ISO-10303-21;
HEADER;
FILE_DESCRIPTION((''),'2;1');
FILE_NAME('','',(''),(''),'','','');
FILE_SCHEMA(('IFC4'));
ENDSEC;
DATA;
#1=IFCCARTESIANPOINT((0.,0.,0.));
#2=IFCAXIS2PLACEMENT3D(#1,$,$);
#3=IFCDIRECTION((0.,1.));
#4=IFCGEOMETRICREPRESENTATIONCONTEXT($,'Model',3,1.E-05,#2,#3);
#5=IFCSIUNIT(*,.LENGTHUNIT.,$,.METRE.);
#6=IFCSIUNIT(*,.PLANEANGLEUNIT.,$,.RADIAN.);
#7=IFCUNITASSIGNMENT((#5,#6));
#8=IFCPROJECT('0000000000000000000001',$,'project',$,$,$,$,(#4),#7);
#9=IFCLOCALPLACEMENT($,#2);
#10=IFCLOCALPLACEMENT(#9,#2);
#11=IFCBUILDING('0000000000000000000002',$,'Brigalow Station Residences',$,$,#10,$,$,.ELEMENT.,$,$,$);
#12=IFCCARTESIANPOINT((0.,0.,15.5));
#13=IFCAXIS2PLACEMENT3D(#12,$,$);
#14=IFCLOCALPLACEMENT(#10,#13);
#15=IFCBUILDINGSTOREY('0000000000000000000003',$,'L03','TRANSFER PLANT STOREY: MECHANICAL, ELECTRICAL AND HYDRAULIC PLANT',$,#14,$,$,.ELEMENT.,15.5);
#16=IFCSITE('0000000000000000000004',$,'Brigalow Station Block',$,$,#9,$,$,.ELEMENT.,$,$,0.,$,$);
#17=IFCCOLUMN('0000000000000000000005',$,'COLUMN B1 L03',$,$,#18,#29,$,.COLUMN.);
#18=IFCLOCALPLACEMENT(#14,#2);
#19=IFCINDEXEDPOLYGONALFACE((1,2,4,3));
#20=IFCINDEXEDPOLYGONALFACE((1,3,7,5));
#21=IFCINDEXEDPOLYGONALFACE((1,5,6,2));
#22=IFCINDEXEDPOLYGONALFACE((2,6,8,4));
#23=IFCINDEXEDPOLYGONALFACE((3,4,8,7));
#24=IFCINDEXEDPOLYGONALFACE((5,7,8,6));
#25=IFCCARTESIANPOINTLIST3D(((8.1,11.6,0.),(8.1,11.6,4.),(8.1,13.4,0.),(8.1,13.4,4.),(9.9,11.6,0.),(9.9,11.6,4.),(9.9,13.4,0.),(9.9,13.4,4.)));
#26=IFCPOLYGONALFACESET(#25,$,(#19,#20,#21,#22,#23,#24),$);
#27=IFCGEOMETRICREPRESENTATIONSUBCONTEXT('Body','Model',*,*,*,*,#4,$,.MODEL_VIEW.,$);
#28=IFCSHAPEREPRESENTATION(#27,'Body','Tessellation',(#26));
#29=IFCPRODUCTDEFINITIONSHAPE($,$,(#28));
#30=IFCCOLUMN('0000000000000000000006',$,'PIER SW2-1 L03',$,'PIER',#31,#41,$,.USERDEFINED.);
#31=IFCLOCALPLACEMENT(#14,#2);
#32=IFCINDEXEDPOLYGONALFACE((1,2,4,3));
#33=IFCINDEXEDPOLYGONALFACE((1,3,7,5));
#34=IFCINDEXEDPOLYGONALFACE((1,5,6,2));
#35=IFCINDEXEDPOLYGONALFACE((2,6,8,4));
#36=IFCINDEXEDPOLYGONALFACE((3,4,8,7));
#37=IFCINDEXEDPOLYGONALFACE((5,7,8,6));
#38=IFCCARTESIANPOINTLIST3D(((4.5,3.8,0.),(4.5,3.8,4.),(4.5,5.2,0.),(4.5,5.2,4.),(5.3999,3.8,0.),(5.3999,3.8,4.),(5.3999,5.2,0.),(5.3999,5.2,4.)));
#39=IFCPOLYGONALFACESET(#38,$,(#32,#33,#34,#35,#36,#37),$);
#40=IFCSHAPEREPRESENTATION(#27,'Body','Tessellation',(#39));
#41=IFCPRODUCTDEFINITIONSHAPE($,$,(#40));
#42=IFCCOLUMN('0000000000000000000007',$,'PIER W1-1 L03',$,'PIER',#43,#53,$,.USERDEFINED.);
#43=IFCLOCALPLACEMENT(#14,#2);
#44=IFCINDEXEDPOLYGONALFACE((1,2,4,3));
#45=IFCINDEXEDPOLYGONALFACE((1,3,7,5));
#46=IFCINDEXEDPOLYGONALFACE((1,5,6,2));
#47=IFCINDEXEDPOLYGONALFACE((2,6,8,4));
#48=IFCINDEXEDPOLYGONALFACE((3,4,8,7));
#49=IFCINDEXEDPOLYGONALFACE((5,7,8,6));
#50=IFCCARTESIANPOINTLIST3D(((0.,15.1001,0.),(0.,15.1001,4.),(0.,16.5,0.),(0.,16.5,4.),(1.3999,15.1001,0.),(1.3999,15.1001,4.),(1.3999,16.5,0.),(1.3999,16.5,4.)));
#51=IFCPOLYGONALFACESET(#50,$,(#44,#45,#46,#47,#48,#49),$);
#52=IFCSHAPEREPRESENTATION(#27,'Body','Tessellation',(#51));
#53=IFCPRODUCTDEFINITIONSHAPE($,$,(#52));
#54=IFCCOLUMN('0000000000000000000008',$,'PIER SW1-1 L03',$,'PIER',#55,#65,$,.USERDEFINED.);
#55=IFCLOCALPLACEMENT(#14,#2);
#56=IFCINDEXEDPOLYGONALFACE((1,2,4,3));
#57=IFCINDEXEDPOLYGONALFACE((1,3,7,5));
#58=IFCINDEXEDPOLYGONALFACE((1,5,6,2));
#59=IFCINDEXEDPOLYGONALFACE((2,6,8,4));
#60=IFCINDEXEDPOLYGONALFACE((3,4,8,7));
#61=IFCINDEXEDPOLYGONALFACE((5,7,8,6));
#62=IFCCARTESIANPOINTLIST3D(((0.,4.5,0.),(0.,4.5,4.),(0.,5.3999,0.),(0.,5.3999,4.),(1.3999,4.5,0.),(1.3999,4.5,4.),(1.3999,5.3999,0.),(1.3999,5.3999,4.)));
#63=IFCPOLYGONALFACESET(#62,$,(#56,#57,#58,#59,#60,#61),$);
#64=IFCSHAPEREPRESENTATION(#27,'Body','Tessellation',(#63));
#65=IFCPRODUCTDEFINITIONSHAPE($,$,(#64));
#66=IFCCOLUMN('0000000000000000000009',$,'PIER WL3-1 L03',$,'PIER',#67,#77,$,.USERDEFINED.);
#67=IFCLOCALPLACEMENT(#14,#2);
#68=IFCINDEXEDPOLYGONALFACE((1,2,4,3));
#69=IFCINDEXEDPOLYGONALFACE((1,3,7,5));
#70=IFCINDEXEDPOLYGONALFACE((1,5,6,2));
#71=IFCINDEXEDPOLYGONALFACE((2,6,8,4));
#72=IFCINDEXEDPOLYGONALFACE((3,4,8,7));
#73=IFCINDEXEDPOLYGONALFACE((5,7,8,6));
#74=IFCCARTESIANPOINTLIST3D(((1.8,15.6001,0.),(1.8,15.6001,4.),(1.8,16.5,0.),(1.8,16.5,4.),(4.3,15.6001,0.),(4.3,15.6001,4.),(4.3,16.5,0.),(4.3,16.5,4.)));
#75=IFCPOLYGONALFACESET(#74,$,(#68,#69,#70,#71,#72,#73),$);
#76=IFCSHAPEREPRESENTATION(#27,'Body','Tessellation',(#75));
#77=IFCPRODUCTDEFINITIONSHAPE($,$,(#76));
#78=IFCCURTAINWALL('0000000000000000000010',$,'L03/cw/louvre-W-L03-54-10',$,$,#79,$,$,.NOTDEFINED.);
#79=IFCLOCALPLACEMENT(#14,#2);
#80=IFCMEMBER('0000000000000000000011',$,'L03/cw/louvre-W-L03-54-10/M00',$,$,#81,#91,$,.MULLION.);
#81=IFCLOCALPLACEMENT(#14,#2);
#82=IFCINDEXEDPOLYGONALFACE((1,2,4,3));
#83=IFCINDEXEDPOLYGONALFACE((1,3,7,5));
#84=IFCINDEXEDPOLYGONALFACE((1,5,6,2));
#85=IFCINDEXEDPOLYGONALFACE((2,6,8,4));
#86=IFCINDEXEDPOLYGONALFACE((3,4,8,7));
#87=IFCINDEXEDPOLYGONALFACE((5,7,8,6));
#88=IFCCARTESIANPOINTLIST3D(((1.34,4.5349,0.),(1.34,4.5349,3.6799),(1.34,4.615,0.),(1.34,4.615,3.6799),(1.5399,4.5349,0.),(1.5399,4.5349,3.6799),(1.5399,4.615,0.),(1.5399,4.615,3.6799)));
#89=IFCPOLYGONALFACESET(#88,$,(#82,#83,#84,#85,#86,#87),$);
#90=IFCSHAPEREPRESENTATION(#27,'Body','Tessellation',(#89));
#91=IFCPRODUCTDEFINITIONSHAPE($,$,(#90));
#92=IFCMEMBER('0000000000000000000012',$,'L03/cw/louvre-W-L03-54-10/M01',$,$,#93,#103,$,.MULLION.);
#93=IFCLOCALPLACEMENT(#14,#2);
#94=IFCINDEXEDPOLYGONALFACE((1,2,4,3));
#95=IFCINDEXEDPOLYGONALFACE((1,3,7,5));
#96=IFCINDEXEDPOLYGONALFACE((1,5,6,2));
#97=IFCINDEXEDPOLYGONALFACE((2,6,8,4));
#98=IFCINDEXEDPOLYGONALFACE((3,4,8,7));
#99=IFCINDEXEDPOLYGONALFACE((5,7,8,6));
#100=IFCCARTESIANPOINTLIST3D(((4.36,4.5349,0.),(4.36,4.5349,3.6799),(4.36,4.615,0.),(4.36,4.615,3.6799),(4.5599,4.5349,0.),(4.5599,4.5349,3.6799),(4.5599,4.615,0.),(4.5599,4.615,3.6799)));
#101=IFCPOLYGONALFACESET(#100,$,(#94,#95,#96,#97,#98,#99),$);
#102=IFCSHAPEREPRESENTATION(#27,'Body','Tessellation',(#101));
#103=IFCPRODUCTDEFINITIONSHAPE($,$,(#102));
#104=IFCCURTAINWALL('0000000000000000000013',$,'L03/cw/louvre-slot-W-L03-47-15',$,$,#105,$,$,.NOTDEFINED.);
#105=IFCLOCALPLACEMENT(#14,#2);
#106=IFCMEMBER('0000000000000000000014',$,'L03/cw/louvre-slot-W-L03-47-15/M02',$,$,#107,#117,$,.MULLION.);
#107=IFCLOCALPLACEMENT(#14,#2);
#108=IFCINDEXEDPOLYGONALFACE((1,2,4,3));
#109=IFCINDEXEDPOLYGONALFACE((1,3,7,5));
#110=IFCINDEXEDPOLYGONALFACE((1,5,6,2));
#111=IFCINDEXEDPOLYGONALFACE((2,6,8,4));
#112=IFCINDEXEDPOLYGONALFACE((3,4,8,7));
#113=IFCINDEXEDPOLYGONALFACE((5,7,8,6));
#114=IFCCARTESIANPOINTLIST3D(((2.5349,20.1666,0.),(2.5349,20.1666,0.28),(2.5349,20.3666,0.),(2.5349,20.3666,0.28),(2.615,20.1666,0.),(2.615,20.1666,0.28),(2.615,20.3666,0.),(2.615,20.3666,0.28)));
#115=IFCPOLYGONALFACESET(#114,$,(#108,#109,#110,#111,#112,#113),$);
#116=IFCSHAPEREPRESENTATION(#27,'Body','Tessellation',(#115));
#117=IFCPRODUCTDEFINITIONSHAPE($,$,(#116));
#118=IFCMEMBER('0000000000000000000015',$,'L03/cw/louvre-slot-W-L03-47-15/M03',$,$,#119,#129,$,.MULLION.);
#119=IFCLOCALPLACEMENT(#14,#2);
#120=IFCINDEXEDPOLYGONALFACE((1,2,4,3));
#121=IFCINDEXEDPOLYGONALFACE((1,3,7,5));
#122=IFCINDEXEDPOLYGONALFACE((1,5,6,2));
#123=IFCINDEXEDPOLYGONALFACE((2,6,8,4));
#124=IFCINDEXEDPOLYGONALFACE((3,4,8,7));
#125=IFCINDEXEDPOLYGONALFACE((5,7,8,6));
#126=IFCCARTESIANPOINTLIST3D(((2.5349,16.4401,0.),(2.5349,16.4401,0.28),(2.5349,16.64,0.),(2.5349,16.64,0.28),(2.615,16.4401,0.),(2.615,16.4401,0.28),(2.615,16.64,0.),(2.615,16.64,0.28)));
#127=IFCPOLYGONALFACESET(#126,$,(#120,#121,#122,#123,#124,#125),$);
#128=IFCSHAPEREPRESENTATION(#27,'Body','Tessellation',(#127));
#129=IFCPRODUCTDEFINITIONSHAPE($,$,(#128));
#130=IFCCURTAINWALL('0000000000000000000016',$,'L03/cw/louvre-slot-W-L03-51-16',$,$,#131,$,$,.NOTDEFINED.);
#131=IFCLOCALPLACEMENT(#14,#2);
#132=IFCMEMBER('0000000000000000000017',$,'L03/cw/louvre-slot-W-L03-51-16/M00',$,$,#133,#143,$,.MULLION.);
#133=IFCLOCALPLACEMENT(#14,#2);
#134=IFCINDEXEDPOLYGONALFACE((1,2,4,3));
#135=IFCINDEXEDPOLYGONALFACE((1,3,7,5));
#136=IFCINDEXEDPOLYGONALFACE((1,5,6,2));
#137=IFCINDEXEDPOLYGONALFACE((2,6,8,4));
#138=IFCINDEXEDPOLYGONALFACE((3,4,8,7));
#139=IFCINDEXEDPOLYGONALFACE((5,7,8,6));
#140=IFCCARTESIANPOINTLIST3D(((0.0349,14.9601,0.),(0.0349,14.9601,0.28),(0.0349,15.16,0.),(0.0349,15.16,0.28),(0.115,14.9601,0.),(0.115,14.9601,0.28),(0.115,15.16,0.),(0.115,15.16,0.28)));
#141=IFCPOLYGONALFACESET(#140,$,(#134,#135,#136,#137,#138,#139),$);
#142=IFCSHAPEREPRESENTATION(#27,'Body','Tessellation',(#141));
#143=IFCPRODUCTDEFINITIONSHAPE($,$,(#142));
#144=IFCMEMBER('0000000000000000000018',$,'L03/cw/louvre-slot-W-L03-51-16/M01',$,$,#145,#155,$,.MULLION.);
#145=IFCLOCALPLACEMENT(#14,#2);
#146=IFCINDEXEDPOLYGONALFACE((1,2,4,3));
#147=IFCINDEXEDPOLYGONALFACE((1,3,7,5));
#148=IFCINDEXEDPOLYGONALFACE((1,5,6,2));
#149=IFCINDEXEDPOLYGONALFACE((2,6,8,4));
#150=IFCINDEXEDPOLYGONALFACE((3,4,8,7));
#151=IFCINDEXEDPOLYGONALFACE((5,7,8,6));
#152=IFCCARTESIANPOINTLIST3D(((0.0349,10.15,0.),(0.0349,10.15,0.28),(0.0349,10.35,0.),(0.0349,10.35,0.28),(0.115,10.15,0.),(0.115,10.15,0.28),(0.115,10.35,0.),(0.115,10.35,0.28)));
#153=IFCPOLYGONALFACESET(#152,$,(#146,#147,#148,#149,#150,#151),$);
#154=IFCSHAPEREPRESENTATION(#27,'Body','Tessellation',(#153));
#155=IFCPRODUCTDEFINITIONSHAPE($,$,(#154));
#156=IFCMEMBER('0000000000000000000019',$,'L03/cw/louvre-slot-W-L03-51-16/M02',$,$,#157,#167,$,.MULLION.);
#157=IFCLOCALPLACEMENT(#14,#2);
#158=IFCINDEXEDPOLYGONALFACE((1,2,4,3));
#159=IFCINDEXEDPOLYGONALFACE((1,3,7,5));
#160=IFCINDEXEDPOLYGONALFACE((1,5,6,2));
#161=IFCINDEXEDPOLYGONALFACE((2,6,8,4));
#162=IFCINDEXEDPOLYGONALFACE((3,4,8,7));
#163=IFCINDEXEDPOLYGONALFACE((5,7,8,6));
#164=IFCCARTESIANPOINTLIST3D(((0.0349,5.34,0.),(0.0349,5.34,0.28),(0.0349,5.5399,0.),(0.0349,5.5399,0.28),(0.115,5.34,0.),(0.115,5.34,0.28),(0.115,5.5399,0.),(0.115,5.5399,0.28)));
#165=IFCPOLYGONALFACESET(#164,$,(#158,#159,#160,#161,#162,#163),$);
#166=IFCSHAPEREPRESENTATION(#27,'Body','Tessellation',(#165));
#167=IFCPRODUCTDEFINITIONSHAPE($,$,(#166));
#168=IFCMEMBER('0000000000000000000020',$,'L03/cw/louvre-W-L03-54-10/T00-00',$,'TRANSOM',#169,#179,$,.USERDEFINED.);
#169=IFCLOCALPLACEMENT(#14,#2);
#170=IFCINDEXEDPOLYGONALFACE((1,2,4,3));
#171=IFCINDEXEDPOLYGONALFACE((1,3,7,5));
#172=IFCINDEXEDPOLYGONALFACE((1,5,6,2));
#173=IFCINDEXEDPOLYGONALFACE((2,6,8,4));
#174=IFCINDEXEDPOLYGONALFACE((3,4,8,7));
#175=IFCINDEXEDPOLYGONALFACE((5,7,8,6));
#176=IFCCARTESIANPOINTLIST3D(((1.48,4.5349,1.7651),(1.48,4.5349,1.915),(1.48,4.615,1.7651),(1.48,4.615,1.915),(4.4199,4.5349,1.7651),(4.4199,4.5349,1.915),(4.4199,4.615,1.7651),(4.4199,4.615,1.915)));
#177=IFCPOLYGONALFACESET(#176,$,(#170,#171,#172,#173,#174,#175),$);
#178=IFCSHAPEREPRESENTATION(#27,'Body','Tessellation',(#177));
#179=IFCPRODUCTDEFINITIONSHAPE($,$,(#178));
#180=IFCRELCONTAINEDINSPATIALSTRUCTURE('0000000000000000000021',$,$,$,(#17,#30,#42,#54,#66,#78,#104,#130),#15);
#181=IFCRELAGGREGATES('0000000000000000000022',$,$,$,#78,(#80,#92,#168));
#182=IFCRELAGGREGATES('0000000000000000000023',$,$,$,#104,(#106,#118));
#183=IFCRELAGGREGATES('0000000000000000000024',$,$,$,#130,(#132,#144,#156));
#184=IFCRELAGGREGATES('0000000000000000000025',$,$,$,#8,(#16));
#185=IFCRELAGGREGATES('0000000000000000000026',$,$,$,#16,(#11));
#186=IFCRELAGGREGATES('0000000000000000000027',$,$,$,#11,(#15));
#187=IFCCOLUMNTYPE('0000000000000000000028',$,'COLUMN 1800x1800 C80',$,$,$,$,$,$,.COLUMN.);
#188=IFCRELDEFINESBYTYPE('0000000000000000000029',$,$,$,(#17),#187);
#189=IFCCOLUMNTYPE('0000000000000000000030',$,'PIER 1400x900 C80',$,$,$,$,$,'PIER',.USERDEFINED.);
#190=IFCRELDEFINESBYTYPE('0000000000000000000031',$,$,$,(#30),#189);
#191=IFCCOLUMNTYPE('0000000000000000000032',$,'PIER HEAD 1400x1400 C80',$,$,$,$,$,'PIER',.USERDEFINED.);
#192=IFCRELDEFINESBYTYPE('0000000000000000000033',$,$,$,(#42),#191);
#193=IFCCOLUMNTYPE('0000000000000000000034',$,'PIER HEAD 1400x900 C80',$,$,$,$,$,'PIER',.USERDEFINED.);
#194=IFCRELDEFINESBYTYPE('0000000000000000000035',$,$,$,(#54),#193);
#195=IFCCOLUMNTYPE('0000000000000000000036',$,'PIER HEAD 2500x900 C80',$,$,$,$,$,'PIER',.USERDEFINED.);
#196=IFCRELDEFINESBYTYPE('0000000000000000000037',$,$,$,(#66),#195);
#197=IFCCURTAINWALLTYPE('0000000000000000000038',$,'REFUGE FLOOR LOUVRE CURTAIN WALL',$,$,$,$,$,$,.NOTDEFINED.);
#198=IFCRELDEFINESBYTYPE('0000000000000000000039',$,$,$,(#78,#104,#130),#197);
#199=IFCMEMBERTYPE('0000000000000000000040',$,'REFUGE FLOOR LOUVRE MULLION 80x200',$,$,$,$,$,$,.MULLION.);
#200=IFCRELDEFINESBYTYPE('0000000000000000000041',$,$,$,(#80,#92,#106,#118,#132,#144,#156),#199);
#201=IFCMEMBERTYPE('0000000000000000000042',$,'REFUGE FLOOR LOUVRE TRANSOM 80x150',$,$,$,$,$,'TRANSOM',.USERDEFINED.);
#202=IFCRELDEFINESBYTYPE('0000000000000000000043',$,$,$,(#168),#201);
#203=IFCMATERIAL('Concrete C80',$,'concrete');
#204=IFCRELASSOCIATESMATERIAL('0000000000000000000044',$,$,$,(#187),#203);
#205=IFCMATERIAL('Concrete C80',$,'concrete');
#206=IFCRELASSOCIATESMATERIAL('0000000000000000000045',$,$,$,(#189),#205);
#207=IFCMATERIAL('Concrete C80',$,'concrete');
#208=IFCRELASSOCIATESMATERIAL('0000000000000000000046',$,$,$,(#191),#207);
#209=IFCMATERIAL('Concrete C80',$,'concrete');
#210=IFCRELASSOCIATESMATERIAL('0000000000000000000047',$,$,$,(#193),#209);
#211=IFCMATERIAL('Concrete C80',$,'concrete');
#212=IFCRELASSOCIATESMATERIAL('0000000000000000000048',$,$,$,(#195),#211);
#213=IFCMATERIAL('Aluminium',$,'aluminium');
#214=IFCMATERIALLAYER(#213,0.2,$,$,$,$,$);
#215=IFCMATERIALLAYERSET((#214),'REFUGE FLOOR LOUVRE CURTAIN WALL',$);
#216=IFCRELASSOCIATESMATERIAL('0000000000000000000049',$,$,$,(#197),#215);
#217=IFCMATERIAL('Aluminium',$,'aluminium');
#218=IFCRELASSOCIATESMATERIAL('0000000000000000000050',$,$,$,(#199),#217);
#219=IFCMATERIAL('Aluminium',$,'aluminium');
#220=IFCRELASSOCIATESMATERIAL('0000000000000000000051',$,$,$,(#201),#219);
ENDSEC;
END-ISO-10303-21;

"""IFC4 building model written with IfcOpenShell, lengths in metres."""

from ifc_helpers import new_model, si_unit, direction, frame, origin, origin_2d, place, context, subcontext, project, spatial, rectangle, extrude, material, layer, layer_set, material_profile, profile_set, type_object, element, aggregate, save


model = new_model("IFC4")

# Units and contexts
model_context = context("Model", 3, precision=1e-05, world=origin(), true_north=direction((0.0, 1.0)))
body_context = subcontext(model_context, "Body", "Model", "MODEL_VIEW")
ifc_project = project(units=[si_unit("LENGTHUNIT", "METRE"), si_unit("PLANEANGLEUNIT", "RADIAN")], contexts=[model_context])

# Site, building, storey
site_placement = place(None, origin())
site = spatial("IfcSite", under=ifc_project, at=site_placement, Name="Brigalow Station Block", CompositionType="ELEMENT", RefElevation=0.0)
building_placement = place(site_placement, origin())
building = spatial("IfcBuilding", under=site, at=building_placement, Name="Brigalow Station Residences", CompositionType="ELEMENT")
storey_placement = place(building_placement, frame((0.0, 0.0, 15.5)))
storey = spatial("IfcBuildingStorey", under=building, at=storey_placement, Name="L03", Description="TRANSFER PLANT STOREY: MECHANICAL, ELECTRICAL AND HYDRAULIC PLANT", CompositionType="ELEMENT", Elevation=15.5)

# Columns
ifc_material_1 = material(Name="Concrete C80", Category="concrete")
ifc_material_profile_1 = material_profile(ifc_material_1, rectangle(XDim=1.8, YDim=1.8, at=origin_2d()), Name="RC1800x1800")
ifc_profile_set_1 = profile_set([ifc_material_profile_1], Name="Concrete C80")
column_type_1 = type_object("IfcColumnType", Name="COLUMN 1800x1800 C80", PredefinedType="COLUMN", material=ifc_profile_set_1)
column_1_placement = place(storey_placement, frame((9.0, 12.5, 0.0), z_axis=(0.0, 0.0, 1.0), x_axis=(1.0, 0.0, 0.0)))
element("IfcColumn", 1, at=column_1_placement, inside=storey, type_object=column_type_1, Name="COLUMN B1 L03", PredefinedType="COLUMN", context=body_context, shape_type="SweptSolid", body=[
    extrude(rectangle(XDim=1.8, YDim=1.8, at=origin_2d()), origin(), (0.0, 0.0, 1.0), 4.0),
])
ifc_material_2 = material(Name="Concrete C80", Category="concrete")
ifc_material_profile_2 = material_profile(ifc_material_2, rectangle(XDim=1.3999, YDim=0.8999, at=origin_2d()), Name="RC1400x900")
ifc_profile_set_2 = profile_set([ifc_material_profile_2], Name="Concrete C80")
column_type_2 = type_object("IfcColumnType", Name="PIER 1400x900 C80", ElementType="PIER", PredefinedType="USERDEFINED", material=ifc_profile_set_2)
column_2_placement = place(storey_placement, frame((4.95, 4.5, 0.0), z_axis=(0.0, 0.0, 1.0), x_axis=(0.0, -1.0, 0.0)))
element("IfcColumn", 2, at=column_2_placement, inside=storey, type_object=column_type_2, Name="PIER SW2-1 L03", ObjectType="PIER", PredefinedType="USERDEFINED", context=body_context, shape_type="SweptSolid", body=[
    extrude(rectangle(XDim=1.3999, YDim=0.8999, at=origin_2d()), origin(), (0.0, 0.0, 1.0), 4.0),
])
ifc_material_3 = material(Name="Concrete C80", Category="concrete")
ifc_material_profile_3 = material_profile(ifc_material_3, rectangle(XDim=1.3999, YDim=1.3999, at=origin_2d()), Name="RC1400x1400")
ifc_profile_set_3 = profile_set([ifc_material_profile_3], Name="Concrete C80")
column_type_3 = type_object("IfcColumnType", Name="PIER HEAD 1400x1400 C80", ElementType="PIER", PredefinedType="USERDEFINED", material=ifc_profile_set_3)
column_3_placement = place(storey_placement, frame((0.7, 15.8, 0.0), z_axis=(0.0, 0.0, 1.0), x_axis=(0.0, -1.0, 0.0)))
element("IfcColumn", 3, at=column_3_placement, inside=storey, type_object=column_type_3, Name="PIER W1-1 L03", ObjectType="PIER", PredefinedType="USERDEFINED", context=body_context, shape_type="SweptSolid", body=[
    extrude(rectangle(XDim=1.3999, YDim=1.3999, at=origin_2d()), origin(), (0.0, 0.0, 1.0), 4.0),
])
ifc_material_4 = material(Name="Concrete C80", Category="concrete")
ifc_material_profile_4 = material_profile(ifc_material_4, rectangle(XDim=1.3999, YDim=0.8999, at=origin_2d()), Name="RC1400x900")
ifc_profile_set_4 = profile_set([ifc_material_profile_4], Name="Concrete C80")
column_type_4 = type_object("IfcColumnType", Name="PIER HEAD 1400x900 C80", ElementType="PIER", PredefinedType="USERDEFINED", material=ifc_profile_set_4)
column_4_placement = place(storey_placement, frame((0.7, 4.95, 0.0), z_axis=(0.0, 0.0, 1.0), x_axis=(1.0, 0.0, 0.0)))
element("IfcColumn", 4, at=column_4_placement, inside=storey, type_object=column_type_4, Name="PIER SW1-1 L03", ObjectType="PIER", PredefinedType="USERDEFINED", context=body_context, shape_type="SweptSolid", body=[
    extrude(rectangle(XDim=1.3999, YDim=0.8999, at=origin_2d()), origin(), (0.0, 0.0, 1.0), 4.0),
])
ifc_material_5 = material(Name="Concrete C80", Category="concrete")
ifc_material_profile_5 = material_profile(ifc_material_5, rectangle(XDim=2.5, YDim=0.8999, at=origin_2d()), Name="RC2500x900")
ifc_profile_set_5 = profile_set([ifc_material_profile_5], Name="Concrete C80")
column_type_5 = type_object("IfcColumnType", Name="PIER HEAD 2500x900 C80", ElementType="PIER", PredefinedType="USERDEFINED", material=ifc_profile_set_5)
column_5_placement = place(storey_placement, frame((3.05, 16.05, 0.0), z_axis=(0.0, 0.0, 1.0), x_axis=(-1.0, 0.0, 0.0)))
element("IfcColumn", 5, at=column_5_placement, inside=storey, type_object=column_type_5, Name="PIER WL3-1 L03", ObjectType="PIER", PredefinedType="USERDEFINED", context=body_context, shape_type="SweptSolid", body=[
    extrude(rectangle(XDim=2.5, YDim=0.8999, at=origin_2d()), origin(), (0.0, 0.0, 1.0), 4.0),
])

# Curtain walls, members
ifc_material_6 = material(Name="Aluminium", Category="aluminium")
ifc_layer_1 = layer(ifc_material_6, 0.2)
ifc_layer_set_1 = layer_set([ifc_layer_1], Name="REFUGE FLOOR LOUVRE CURTAIN WALL")
curtain_wall_type = type_object("IfcCurtainWallType", Name="REFUGE FLOOR LOUVRE CURTAIN WALL", PredefinedType="NOTDEFINED", material=ifc_layer_set_1)
curtain_wall_1_placement = place(storey_placement, origin())
curtain_wall_1 = element("IfcCurtainWall", 6, at=curtain_wall_1_placement, inside=storey, type_object=curtain_wall_type, Name="L03/cw/louvre-W-L03-54-10", PredefinedType="NOTDEFINED")
ifc_material_7 = material(Name="Aluminium", Category="aluminium")
ifc_material_profile_6 = material_profile(ifc_material_7, rectangle(XDim=0.0801, YDim=0.2, at=origin_2d()), Name="REFUGE FLOOR LOUVRE MULLION 80x200")
ifc_profile_set_6 = profile_set([ifc_material_profile_6], Name="Aluminium")
member_type_1 = type_object("IfcMemberType", Name="REFUGE FLOOR LOUVRE MULLION 80x200", PredefinedType="MULLION", material=ifc_profile_set_6)
member_1_placement = place(storey_placement, frame((1.4399, 4.575, 0.0), z_axis=(0.0, 0.0, 1.0), x_axis=(0.0, 1.0, 0.0)))
member_1 = element("IfcMember", 7, at=member_1_placement, type_object=member_type_1, Name="L03/cw/louvre-W-L03-54-10/M00", PredefinedType="MULLION", context=body_context, shape_type="SweptSolid", body=[
    extrude(rectangle(XDim=0.0801, YDim=0.2, at=origin_2d()), origin(), (0.0, 0.0, 1.0), 3.6799),
])
member_2_placement = place(storey_placement, frame((4.46, 4.575, 0.0), z_axis=(0.0, 0.0, 1.0), x_axis=(0.0, 1.0, 0.0)))
member_2 = element("IfcMember", 8, at=member_2_placement, type_object=member_type_1, Name="L03/cw/louvre-W-L03-54-10/M01", PredefinedType="MULLION", context=body_context, shape_type="SweptSolid", body=[
    extrude(rectangle(XDim=0.0801, YDim=0.2, at=origin_2d()), origin(), (0.0, 0.0, 1.0), 3.6799),
])
curtain_wall_2_placement = place(storey_placement, origin())
curtain_wall_2 = element("IfcCurtainWall", 9, at=curtain_wall_2_placement, inside=storey, type_object=curtain_wall_type, Name="L03/cw/louvre-slot-W-L03-47-15", PredefinedType="NOTDEFINED")
member_3_placement = place(storey_placement, frame((2.575, 20.2666, 0.0), z_axis=(0.0, 0.0, 1.0), x_axis=(1.0, 0.0, 0.0)))
member_3 = element("IfcMember", 10, at=member_3_placement, type_object=member_type_1, Name="L03/cw/louvre-slot-W-L03-47-15/M02", PredefinedType="MULLION", context=body_context, shape_type="SweptSolid", body=[
    extrude(rectangle(XDim=0.0801, YDim=0.2, at=origin_2d()), origin(), (0.0, 0.0, 1.0), 0.28),
])
member_4_placement = place(storey_placement, frame((2.575, 16.54, 0.0), z_axis=(0.0, 0.0, 1.0), x_axis=(1.0, 0.0, 0.0)))
member_4 = element("IfcMember", 11, at=member_4_placement, type_object=member_type_1, Name="L03/cw/louvre-slot-W-L03-47-15/M03", PredefinedType="MULLION", context=body_context, shape_type="SweptSolid", body=[
    extrude(rectangle(XDim=0.0801, YDim=0.2, at=origin_2d()), origin(), (0.0, 0.0, 1.0), 0.28),
])
curtain_wall_3_placement = place(storey_placement, origin())
curtain_wall_3 = element("IfcCurtainWall", 12, at=curtain_wall_3_placement, inside=storey, type_object=curtain_wall_type, Name="L03/cw/louvre-slot-W-L03-51-16", PredefinedType="NOTDEFINED")
member_5_placement = place(storey_placement, frame((0.075, 15.0601, 0.0), z_axis=(0.0, 0.0, 1.0), x_axis=(1.0, 0.0, 0.0)))
member_5 = element("IfcMember", 13, at=member_5_placement, type_object=member_type_1, Name="L03/cw/louvre-slot-W-L03-51-16/M00", PredefinedType="MULLION", context=body_context, shape_type="SweptSolid", body=[
    extrude(rectangle(XDim=0.0801, YDim=0.2, at=origin_2d()), origin(), (0.0, 0.0, 1.0), 0.28),
])
member_6_placement = place(storey_placement, frame((0.075, 10.25, 0.0), z_axis=(0.0, 0.0, 1.0), x_axis=(1.0, 0.0, 0.0)))
member_6 = element("IfcMember", 14, at=member_6_placement, type_object=member_type_1, Name="L03/cw/louvre-slot-W-L03-51-16/M01", PredefinedType="MULLION", context=body_context, shape_type="SweptSolid", body=[
    extrude(rectangle(XDim=0.0801, YDim=0.2, at=origin_2d()), origin(), (0.0, 0.0, 1.0), 0.28),
])
member_7_placement = place(storey_placement, frame((0.075, 5.4399, 0.0), z_axis=(0.0, 0.0, 1.0), x_axis=(1.0, 0.0, 0.0)))
member_7 = element("IfcMember", 15, at=member_7_placement, type_object=member_type_1, Name="L03/cw/louvre-slot-W-L03-51-16/M02", PredefinedType="MULLION", context=body_context, shape_type="SweptSolid", body=[
    extrude(rectangle(XDim=0.0801, YDim=0.2, at=origin_2d()), origin(), (0.0, 0.0, 1.0), 0.28),
])

# Member
ifc_material_8 = material(Name="Aluminium", Category="aluminium")
ifc_material_profile_7 = material_profile(ifc_material_8, rectangle(XDim=0.0801, YDim=0.1499, at=origin_2d()), Name="REFUGE FLOOR LOUVRE TRANSOM 80x150")
ifc_profile_set_7 = profile_set([ifc_material_profile_7], Name="Aluminium")
member_type_2 = type_object("IfcMemberType", Name="REFUGE FLOOR LOUVRE TRANSOM 80x150", ElementType="TRANSOM", PredefinedType="USERDEFINED", material=ifc_profile_set_7)
member_8_placement = place(storey_placement, frame((1.48, 4.575, 1.8401), z_axis=(1.0, 0.0, 0.0), x_axis=(0.0, 1.0, 0.0)))
member_8 = element("IfcMember", 16, at=member_8_placement, type_object=member_type_2, Name="L03/cw/louvre-W-L03-54-10/T00-00", ObjectType="TRANSOM", PredefinedType="USERDEFINED", context=body_context, shape_type="SweptSolid", body=[
    extrude(rectangle(XDim=0.0801, YDim=0.1499, at=origin_2d()), origin(), (0.0, 0.0, 1.0), 2.9399),
])

aggregate(curtain_wall_1, [member_1, member_2, member_8])
aggregate(curtain_wall_2, [member_3, member_4])
aggregate(curtain_wall_3, [member_5, member_6, member_7])

save(model, "model.ifc")
